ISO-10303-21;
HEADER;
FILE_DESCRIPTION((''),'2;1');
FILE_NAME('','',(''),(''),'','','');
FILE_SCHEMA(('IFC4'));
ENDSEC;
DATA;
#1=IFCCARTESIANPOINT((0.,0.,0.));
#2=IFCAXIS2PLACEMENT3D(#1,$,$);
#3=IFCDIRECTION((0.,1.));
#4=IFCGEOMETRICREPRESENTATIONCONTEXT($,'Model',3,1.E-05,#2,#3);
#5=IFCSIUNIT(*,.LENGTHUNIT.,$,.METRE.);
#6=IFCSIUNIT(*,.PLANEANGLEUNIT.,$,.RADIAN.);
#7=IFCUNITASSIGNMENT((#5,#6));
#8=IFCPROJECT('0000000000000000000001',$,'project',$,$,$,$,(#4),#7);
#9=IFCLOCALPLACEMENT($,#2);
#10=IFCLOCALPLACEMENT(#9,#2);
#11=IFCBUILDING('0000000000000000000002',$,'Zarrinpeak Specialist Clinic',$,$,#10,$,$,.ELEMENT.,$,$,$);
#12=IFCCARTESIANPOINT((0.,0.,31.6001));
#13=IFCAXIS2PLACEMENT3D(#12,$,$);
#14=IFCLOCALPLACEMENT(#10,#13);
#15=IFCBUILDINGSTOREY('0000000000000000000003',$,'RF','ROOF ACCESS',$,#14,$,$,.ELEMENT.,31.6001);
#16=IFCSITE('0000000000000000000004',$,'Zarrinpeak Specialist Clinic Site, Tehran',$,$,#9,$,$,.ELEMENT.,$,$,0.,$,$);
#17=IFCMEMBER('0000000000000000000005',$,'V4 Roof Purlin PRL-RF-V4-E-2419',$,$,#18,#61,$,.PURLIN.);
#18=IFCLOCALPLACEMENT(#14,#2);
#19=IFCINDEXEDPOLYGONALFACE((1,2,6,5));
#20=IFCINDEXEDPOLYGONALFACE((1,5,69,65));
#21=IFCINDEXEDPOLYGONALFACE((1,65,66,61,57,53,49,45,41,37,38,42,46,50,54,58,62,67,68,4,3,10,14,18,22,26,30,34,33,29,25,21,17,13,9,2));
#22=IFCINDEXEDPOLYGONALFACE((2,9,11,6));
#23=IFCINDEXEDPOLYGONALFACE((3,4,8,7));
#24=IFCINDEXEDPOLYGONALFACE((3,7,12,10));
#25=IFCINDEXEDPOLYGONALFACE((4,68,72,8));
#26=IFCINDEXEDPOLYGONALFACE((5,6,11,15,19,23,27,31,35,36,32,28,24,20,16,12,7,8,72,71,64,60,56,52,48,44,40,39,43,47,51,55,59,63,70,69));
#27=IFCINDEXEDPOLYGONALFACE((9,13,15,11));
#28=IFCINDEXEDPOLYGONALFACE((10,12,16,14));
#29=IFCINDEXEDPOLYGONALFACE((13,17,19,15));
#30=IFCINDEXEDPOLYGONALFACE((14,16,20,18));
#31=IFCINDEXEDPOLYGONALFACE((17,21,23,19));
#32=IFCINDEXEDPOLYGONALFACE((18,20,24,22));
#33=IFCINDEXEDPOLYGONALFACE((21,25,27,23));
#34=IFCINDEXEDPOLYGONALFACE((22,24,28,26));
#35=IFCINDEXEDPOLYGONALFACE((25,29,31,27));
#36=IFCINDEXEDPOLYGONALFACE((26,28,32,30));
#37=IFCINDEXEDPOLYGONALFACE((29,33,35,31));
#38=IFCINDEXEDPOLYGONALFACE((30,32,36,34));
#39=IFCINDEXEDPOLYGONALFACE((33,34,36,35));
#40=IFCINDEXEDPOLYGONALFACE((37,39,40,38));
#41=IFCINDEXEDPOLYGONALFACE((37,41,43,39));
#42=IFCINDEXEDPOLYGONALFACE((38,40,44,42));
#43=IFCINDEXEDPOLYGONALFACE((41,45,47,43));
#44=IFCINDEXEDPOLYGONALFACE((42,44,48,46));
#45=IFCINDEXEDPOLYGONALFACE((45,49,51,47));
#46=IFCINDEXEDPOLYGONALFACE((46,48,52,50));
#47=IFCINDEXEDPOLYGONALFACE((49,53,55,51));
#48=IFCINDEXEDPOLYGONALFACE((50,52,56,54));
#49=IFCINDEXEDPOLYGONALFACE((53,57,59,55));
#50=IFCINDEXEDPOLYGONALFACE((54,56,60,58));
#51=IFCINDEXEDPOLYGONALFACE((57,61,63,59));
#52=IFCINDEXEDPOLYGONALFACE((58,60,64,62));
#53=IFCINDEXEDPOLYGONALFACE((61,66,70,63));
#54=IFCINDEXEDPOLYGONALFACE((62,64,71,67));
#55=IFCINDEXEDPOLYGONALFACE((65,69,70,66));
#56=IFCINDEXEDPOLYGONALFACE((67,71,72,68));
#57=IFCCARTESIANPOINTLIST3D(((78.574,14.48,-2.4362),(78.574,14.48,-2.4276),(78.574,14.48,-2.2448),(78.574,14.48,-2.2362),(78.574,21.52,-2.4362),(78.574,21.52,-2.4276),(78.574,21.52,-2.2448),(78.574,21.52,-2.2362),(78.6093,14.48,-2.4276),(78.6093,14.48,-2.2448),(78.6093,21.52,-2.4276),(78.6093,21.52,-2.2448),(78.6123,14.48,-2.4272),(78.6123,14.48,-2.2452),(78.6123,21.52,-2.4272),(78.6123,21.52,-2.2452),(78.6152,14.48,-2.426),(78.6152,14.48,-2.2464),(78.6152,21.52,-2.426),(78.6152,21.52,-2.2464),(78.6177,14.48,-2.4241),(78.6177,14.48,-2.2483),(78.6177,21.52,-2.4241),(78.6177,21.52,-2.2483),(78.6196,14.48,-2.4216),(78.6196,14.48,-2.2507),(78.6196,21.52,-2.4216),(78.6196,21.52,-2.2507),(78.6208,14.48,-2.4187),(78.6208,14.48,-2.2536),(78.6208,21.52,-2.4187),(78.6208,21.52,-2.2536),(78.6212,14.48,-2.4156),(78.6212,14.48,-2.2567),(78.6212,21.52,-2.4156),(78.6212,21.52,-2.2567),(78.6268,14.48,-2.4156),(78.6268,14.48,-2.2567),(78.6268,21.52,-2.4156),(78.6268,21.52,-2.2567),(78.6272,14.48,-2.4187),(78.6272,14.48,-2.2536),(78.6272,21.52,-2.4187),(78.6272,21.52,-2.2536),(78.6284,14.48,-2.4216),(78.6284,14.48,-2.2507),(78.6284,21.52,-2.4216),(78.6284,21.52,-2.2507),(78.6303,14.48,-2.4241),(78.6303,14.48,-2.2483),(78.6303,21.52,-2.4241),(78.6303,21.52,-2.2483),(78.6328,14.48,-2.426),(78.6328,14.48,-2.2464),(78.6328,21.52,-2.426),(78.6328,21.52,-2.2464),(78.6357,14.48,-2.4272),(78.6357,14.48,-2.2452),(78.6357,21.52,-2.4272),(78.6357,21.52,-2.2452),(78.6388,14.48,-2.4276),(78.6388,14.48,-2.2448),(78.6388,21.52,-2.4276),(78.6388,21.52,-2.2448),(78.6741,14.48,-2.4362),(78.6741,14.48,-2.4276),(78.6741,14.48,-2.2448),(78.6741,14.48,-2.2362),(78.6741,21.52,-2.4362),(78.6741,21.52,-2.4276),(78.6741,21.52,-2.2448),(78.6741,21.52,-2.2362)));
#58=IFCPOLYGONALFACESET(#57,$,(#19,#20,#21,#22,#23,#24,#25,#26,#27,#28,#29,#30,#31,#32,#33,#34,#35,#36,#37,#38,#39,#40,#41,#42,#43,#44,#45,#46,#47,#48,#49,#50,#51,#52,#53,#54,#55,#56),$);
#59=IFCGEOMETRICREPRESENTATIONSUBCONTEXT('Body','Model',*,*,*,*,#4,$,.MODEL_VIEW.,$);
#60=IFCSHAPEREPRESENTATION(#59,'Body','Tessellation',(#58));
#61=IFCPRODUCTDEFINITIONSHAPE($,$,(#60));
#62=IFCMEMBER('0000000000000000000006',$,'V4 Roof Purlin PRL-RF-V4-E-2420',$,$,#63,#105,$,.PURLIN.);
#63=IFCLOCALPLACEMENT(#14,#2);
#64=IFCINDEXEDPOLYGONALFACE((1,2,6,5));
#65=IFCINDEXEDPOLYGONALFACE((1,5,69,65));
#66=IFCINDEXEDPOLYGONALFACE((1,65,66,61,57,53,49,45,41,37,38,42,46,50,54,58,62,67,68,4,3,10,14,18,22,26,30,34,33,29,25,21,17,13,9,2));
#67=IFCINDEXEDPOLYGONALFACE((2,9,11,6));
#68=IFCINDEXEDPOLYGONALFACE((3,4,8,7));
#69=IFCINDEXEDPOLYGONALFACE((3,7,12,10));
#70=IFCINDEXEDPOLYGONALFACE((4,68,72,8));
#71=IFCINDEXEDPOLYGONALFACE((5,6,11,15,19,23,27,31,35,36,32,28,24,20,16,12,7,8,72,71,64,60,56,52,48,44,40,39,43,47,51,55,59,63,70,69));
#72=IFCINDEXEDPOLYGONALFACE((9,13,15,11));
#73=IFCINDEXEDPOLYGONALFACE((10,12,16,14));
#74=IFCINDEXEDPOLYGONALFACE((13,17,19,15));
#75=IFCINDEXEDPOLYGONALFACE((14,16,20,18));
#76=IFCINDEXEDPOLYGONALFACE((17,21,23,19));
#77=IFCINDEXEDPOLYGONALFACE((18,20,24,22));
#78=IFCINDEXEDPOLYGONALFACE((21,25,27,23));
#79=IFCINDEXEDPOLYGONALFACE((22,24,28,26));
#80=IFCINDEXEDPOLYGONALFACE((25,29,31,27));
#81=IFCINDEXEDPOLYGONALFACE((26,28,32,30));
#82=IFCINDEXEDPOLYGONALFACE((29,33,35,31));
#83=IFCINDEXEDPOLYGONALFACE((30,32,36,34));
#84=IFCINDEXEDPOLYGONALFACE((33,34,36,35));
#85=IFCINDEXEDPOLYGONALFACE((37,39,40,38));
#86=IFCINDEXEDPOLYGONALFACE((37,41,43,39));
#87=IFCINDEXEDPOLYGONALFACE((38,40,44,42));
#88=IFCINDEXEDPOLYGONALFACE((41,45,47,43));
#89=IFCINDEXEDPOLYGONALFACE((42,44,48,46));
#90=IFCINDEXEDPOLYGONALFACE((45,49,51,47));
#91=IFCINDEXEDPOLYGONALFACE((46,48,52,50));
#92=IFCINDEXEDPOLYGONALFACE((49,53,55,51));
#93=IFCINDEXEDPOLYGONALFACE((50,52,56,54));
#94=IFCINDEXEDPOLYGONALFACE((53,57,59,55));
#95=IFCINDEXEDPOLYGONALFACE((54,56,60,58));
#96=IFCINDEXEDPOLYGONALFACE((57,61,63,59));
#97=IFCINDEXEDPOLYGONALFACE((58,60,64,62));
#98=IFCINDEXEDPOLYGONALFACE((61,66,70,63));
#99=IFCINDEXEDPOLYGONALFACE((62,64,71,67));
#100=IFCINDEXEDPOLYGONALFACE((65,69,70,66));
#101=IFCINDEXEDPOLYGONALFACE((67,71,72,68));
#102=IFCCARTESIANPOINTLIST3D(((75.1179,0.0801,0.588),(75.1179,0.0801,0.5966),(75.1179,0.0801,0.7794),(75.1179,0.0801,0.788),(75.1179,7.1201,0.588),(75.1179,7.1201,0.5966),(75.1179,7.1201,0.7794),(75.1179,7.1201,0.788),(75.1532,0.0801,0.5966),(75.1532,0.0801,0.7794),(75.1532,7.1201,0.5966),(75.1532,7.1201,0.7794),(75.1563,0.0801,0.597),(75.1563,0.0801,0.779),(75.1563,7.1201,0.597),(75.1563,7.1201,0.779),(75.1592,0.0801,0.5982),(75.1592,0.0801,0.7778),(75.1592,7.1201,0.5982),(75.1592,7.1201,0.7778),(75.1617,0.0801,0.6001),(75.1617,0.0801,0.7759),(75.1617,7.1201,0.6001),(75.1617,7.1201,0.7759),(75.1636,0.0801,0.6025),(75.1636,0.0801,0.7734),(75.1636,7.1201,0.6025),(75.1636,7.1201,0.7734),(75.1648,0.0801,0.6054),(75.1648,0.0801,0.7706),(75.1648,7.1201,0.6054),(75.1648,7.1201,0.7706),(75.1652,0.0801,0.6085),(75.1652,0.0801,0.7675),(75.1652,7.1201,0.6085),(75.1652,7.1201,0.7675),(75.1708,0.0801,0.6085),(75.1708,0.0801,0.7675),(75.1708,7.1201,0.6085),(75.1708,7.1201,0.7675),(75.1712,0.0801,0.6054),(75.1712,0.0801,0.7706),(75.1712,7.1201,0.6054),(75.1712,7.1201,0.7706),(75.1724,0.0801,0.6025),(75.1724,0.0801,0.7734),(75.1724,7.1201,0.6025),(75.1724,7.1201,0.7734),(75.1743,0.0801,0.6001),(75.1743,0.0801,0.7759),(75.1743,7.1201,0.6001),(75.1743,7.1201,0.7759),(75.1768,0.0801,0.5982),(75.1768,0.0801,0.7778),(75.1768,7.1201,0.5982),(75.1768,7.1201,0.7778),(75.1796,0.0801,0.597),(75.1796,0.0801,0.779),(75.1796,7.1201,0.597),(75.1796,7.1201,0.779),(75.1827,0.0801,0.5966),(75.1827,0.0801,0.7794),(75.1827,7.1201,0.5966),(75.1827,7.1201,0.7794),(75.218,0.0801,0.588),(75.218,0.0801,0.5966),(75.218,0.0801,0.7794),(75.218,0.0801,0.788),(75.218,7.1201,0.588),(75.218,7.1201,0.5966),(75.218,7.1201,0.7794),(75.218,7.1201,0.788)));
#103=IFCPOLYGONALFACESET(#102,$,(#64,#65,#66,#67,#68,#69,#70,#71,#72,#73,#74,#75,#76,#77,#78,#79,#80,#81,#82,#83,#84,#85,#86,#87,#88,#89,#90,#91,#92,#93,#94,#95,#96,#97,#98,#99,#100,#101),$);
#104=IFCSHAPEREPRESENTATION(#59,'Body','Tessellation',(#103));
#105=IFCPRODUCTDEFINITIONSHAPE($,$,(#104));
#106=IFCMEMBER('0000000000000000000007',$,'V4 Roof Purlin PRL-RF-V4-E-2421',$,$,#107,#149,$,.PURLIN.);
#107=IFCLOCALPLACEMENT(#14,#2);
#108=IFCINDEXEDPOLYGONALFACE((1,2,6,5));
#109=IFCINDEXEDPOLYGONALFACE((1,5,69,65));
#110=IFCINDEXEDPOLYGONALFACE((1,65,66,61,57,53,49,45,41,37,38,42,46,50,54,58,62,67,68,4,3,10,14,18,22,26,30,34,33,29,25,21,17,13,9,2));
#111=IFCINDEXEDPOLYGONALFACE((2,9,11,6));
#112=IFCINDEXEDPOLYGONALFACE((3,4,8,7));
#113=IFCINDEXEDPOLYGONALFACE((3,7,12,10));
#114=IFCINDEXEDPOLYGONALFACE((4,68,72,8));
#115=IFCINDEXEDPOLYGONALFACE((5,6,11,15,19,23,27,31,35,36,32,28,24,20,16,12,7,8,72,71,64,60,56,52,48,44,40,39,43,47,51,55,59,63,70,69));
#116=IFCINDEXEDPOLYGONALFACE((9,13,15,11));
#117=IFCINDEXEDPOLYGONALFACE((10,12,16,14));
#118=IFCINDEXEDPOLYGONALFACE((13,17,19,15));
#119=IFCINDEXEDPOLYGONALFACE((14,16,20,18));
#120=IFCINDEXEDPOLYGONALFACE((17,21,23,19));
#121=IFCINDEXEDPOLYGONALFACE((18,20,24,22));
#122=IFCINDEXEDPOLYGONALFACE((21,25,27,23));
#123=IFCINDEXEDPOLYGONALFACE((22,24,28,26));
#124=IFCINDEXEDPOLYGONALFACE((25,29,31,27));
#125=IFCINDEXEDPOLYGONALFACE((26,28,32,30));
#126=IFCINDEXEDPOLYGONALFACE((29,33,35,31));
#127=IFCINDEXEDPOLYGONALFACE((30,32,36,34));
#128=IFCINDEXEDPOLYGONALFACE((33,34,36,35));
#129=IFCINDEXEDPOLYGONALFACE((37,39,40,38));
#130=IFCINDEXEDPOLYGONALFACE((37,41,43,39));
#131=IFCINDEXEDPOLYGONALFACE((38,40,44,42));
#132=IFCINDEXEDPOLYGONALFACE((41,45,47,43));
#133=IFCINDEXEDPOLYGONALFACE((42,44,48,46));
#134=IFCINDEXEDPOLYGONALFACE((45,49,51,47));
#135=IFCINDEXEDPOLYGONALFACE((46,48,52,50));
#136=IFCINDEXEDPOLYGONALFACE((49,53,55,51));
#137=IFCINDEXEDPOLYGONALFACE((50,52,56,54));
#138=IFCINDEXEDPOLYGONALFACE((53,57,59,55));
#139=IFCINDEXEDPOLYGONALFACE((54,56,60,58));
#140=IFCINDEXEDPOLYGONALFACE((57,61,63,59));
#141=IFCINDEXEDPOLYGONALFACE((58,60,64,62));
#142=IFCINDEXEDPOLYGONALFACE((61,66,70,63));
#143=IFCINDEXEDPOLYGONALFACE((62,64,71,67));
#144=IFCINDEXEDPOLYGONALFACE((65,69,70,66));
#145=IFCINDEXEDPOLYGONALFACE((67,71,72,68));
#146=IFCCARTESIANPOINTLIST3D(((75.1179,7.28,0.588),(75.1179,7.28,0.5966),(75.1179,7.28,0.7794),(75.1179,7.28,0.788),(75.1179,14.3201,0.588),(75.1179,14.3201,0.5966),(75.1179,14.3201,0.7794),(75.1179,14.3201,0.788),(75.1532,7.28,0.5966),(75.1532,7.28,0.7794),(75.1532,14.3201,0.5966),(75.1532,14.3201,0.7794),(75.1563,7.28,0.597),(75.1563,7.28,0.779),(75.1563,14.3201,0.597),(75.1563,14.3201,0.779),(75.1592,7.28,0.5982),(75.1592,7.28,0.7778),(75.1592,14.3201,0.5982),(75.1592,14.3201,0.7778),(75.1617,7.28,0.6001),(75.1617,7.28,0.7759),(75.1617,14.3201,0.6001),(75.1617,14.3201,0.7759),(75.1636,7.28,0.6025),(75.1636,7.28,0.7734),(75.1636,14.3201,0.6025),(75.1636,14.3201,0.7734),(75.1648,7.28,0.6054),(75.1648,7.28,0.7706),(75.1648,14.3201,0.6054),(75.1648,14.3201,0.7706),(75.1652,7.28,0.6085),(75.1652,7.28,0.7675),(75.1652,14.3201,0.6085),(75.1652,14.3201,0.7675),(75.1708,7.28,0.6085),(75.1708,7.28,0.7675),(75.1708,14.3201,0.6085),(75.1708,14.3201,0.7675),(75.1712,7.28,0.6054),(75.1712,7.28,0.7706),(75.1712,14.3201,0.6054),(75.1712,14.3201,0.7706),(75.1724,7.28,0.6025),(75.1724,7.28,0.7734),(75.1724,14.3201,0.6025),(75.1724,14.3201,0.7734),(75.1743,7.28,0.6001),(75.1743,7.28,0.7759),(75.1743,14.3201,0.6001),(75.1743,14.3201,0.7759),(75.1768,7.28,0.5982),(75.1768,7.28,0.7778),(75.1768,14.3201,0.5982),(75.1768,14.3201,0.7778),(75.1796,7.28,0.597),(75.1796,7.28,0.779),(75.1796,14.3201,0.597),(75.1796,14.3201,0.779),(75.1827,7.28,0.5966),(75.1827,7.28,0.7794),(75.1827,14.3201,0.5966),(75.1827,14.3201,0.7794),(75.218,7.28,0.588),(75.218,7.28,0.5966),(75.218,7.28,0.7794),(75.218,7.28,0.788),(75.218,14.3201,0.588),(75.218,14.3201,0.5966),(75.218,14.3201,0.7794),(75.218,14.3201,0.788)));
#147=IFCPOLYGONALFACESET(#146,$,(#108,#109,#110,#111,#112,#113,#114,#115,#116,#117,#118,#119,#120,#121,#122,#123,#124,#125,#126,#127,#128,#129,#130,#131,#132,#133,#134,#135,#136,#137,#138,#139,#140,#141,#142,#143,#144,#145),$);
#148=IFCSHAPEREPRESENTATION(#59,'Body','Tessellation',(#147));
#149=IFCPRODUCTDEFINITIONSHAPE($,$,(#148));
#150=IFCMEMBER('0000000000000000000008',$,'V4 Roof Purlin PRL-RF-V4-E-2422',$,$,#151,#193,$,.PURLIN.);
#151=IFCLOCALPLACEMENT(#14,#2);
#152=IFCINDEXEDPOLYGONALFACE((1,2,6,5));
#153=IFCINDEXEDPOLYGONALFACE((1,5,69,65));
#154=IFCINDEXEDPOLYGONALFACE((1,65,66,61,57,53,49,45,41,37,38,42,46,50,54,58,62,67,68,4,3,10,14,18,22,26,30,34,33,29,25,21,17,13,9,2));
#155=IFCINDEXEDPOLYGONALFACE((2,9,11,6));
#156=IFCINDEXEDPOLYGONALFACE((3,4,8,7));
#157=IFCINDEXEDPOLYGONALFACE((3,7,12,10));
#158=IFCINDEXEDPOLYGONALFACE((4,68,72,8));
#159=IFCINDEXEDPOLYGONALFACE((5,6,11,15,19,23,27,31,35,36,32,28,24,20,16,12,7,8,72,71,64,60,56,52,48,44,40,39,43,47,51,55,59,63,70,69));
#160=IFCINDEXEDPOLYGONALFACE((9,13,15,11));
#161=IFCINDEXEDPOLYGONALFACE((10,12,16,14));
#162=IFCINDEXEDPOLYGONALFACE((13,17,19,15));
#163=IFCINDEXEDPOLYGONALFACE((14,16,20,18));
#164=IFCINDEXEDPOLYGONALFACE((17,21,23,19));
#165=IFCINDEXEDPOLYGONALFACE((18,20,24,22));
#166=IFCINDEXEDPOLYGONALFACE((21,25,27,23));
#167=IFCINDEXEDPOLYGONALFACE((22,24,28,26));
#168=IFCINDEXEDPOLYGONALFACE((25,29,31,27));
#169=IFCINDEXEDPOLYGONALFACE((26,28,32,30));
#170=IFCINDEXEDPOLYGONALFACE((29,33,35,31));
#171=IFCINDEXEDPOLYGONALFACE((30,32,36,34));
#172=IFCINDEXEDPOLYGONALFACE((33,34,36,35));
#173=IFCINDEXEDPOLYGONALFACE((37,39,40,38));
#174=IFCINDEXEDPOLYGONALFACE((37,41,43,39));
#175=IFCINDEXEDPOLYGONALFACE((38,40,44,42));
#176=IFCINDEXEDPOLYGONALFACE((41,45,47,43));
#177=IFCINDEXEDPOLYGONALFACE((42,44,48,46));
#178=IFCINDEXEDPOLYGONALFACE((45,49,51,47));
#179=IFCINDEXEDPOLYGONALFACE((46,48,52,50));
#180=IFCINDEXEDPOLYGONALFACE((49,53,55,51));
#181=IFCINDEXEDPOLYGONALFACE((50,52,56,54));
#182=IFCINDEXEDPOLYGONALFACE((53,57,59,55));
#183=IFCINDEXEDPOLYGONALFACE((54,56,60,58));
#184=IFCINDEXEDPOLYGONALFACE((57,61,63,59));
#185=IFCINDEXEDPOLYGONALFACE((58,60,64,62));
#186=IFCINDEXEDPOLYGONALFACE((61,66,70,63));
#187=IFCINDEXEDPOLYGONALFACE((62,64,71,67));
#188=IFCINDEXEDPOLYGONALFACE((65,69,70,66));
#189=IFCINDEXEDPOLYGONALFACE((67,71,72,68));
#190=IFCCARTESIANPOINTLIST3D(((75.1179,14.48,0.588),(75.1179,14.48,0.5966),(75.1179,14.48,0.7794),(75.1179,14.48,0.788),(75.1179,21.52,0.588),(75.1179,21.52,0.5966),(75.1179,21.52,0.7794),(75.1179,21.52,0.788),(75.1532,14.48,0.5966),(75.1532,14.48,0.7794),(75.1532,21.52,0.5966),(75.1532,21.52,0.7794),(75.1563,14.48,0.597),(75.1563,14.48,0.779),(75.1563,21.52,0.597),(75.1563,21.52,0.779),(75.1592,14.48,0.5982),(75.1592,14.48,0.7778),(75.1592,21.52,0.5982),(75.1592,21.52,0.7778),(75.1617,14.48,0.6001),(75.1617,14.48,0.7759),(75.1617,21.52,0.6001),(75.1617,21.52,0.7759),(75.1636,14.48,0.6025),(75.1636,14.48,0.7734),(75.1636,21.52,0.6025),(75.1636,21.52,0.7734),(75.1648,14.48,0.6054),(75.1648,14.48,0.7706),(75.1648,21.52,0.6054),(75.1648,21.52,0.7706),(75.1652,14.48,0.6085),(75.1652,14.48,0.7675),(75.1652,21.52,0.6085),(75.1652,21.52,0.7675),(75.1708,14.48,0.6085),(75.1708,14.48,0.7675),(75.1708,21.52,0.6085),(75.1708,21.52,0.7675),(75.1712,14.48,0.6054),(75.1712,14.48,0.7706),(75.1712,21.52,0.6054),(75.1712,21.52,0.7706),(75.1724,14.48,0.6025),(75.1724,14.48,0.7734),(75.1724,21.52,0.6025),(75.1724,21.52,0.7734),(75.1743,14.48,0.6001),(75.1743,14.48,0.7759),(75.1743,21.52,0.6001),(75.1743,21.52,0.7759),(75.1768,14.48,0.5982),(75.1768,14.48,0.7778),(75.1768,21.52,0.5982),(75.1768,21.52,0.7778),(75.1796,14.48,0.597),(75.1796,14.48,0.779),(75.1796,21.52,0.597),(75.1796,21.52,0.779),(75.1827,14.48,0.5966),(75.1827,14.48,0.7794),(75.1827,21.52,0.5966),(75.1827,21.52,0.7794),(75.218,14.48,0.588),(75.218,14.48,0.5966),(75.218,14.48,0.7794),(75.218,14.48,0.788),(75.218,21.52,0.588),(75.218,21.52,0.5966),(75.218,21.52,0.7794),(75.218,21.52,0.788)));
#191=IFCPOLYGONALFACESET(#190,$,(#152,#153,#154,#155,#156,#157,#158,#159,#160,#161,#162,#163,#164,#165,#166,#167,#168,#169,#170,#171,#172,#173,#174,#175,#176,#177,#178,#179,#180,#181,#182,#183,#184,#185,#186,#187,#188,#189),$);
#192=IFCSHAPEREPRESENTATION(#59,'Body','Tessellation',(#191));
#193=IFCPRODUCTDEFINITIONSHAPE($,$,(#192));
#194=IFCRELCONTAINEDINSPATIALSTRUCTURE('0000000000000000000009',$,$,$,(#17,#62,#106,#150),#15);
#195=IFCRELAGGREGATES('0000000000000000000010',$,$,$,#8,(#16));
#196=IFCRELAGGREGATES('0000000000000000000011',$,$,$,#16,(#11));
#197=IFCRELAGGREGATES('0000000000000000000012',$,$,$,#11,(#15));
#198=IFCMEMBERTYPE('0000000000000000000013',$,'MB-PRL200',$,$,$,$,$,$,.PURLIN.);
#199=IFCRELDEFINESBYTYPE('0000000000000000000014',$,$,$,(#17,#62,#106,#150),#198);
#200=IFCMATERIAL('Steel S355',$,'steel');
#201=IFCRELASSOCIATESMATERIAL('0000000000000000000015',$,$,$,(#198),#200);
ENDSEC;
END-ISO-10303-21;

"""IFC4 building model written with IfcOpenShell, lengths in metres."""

from ifc_helpers import new_model, si_unit, direction, frame, origin, origin_2d, place, context, subcontext, project, spatial, i_section, extrude, material, material_profile, profile_set, type_object, element, save


model = new_model("IFC4")

# Units and contexts
model_context = context("Model", 3, precision=1e-05, world=origin(), true_north=direction((0.0, 1.0)))
body_context = subcontext(model_context, "Body", "Model", "MODEL_VIEW")
ifc_project = project(units=[si_unit("LENGTHUNIT", "METRE"), si_unit("PLANEANGLEUNIT", "RADIAN")], contexts=[model_context])

# Site, building, storey
site_placement = place(None, origin())
site = spatial("IfcSite", under=ifc_project, at=site_placement, Name="Zarrinpeak Specialist Clinic Site, Tehran", CompositionType="ELEMENT", RefElevation=0.0)
building_placement = place(site_placement, origin())
building = spatial("IfcBuilding", under=site, at=building_placement, Name="Zarrinpeak Specialist Clinic", CompositionType="ELEMENT")
storey_placement = place(building_placement, frame((0.0, 0.0, 31.6001)))
storey = spatial("IfcBuildingStorey", under=building, at=storey_placement, Name="RF", Description="ROOF ACCESS", CompositionType="ELEMENT", Elevation=31.6001)

# Shared definitions
ifc_material_1 = material(Name="Steel S355", Category="steel")

# Members
ifc_material_profile_1 = material_profile(ifc_material_1, i_section(OverallWidth=0.1001, OverallDepth=0.2, WebThickness=0.0056, FlangeThickness=0.0085, FilletRadius=0.012, at=origin_2d()), Name="IPE 200")
ifc_profile_set_1 = profile_set([ifc_material_profile_1], Name="Steel S355")
member_type_1 = type_object("IfcMemberType", Name="MB-PRL200", PredefinedType="PURLIN", material=ifc_profile_set_1)
for number, where, z_axis, x_axis, name in (
    (1, (78.624, 14.48, -2.3362), (0.0, 1.0, 0.0), (-1.0, 0.0, 0.0), "V4 Roof Purlin PRL-RF-V4-E-2419"),
    (2, (75.168, 0.0801, 0.688), (0.0, 1.0, 0.0), (-1.0, 0.0, 0.0), "V4 Roof Purlin PRL-RF-V4-E-2420"),
    (3, (75.168, 7.28, 0.688), (0.0, 1.0, 0.0), (-1.0, 0.0, 0.0), "V4 Roof Purlin PRL-RF-V4-E-2421"),
    (4, (75.168, 14.48, 0.688), (0.0, 1.0, 0.0), (-1.0, 0.0, 0.0), "V4 Roof Purlin PRL-RF-V4-E-2422"),
):
    element("IfcMember", number, at=place(storey_placement, frame(where, z_axis=z_axis, x_axis=x_axis)), inside=storey, type_object=member_type_1, Name=name, PredefinedType="PURLIN", context=body_context, shape_type="SweptSolid", body=[
        extrude(i_section(OverallWidth=0.1001, OverallDepth=0.2, WebThickness=0.0056, FlangeThickness=0.0085, FilletRadius=0.012, at=origin_2d()), origin(), (0.0, 0.0, 1.0), 7.04),
    ])

save(model, "model.ifc")
